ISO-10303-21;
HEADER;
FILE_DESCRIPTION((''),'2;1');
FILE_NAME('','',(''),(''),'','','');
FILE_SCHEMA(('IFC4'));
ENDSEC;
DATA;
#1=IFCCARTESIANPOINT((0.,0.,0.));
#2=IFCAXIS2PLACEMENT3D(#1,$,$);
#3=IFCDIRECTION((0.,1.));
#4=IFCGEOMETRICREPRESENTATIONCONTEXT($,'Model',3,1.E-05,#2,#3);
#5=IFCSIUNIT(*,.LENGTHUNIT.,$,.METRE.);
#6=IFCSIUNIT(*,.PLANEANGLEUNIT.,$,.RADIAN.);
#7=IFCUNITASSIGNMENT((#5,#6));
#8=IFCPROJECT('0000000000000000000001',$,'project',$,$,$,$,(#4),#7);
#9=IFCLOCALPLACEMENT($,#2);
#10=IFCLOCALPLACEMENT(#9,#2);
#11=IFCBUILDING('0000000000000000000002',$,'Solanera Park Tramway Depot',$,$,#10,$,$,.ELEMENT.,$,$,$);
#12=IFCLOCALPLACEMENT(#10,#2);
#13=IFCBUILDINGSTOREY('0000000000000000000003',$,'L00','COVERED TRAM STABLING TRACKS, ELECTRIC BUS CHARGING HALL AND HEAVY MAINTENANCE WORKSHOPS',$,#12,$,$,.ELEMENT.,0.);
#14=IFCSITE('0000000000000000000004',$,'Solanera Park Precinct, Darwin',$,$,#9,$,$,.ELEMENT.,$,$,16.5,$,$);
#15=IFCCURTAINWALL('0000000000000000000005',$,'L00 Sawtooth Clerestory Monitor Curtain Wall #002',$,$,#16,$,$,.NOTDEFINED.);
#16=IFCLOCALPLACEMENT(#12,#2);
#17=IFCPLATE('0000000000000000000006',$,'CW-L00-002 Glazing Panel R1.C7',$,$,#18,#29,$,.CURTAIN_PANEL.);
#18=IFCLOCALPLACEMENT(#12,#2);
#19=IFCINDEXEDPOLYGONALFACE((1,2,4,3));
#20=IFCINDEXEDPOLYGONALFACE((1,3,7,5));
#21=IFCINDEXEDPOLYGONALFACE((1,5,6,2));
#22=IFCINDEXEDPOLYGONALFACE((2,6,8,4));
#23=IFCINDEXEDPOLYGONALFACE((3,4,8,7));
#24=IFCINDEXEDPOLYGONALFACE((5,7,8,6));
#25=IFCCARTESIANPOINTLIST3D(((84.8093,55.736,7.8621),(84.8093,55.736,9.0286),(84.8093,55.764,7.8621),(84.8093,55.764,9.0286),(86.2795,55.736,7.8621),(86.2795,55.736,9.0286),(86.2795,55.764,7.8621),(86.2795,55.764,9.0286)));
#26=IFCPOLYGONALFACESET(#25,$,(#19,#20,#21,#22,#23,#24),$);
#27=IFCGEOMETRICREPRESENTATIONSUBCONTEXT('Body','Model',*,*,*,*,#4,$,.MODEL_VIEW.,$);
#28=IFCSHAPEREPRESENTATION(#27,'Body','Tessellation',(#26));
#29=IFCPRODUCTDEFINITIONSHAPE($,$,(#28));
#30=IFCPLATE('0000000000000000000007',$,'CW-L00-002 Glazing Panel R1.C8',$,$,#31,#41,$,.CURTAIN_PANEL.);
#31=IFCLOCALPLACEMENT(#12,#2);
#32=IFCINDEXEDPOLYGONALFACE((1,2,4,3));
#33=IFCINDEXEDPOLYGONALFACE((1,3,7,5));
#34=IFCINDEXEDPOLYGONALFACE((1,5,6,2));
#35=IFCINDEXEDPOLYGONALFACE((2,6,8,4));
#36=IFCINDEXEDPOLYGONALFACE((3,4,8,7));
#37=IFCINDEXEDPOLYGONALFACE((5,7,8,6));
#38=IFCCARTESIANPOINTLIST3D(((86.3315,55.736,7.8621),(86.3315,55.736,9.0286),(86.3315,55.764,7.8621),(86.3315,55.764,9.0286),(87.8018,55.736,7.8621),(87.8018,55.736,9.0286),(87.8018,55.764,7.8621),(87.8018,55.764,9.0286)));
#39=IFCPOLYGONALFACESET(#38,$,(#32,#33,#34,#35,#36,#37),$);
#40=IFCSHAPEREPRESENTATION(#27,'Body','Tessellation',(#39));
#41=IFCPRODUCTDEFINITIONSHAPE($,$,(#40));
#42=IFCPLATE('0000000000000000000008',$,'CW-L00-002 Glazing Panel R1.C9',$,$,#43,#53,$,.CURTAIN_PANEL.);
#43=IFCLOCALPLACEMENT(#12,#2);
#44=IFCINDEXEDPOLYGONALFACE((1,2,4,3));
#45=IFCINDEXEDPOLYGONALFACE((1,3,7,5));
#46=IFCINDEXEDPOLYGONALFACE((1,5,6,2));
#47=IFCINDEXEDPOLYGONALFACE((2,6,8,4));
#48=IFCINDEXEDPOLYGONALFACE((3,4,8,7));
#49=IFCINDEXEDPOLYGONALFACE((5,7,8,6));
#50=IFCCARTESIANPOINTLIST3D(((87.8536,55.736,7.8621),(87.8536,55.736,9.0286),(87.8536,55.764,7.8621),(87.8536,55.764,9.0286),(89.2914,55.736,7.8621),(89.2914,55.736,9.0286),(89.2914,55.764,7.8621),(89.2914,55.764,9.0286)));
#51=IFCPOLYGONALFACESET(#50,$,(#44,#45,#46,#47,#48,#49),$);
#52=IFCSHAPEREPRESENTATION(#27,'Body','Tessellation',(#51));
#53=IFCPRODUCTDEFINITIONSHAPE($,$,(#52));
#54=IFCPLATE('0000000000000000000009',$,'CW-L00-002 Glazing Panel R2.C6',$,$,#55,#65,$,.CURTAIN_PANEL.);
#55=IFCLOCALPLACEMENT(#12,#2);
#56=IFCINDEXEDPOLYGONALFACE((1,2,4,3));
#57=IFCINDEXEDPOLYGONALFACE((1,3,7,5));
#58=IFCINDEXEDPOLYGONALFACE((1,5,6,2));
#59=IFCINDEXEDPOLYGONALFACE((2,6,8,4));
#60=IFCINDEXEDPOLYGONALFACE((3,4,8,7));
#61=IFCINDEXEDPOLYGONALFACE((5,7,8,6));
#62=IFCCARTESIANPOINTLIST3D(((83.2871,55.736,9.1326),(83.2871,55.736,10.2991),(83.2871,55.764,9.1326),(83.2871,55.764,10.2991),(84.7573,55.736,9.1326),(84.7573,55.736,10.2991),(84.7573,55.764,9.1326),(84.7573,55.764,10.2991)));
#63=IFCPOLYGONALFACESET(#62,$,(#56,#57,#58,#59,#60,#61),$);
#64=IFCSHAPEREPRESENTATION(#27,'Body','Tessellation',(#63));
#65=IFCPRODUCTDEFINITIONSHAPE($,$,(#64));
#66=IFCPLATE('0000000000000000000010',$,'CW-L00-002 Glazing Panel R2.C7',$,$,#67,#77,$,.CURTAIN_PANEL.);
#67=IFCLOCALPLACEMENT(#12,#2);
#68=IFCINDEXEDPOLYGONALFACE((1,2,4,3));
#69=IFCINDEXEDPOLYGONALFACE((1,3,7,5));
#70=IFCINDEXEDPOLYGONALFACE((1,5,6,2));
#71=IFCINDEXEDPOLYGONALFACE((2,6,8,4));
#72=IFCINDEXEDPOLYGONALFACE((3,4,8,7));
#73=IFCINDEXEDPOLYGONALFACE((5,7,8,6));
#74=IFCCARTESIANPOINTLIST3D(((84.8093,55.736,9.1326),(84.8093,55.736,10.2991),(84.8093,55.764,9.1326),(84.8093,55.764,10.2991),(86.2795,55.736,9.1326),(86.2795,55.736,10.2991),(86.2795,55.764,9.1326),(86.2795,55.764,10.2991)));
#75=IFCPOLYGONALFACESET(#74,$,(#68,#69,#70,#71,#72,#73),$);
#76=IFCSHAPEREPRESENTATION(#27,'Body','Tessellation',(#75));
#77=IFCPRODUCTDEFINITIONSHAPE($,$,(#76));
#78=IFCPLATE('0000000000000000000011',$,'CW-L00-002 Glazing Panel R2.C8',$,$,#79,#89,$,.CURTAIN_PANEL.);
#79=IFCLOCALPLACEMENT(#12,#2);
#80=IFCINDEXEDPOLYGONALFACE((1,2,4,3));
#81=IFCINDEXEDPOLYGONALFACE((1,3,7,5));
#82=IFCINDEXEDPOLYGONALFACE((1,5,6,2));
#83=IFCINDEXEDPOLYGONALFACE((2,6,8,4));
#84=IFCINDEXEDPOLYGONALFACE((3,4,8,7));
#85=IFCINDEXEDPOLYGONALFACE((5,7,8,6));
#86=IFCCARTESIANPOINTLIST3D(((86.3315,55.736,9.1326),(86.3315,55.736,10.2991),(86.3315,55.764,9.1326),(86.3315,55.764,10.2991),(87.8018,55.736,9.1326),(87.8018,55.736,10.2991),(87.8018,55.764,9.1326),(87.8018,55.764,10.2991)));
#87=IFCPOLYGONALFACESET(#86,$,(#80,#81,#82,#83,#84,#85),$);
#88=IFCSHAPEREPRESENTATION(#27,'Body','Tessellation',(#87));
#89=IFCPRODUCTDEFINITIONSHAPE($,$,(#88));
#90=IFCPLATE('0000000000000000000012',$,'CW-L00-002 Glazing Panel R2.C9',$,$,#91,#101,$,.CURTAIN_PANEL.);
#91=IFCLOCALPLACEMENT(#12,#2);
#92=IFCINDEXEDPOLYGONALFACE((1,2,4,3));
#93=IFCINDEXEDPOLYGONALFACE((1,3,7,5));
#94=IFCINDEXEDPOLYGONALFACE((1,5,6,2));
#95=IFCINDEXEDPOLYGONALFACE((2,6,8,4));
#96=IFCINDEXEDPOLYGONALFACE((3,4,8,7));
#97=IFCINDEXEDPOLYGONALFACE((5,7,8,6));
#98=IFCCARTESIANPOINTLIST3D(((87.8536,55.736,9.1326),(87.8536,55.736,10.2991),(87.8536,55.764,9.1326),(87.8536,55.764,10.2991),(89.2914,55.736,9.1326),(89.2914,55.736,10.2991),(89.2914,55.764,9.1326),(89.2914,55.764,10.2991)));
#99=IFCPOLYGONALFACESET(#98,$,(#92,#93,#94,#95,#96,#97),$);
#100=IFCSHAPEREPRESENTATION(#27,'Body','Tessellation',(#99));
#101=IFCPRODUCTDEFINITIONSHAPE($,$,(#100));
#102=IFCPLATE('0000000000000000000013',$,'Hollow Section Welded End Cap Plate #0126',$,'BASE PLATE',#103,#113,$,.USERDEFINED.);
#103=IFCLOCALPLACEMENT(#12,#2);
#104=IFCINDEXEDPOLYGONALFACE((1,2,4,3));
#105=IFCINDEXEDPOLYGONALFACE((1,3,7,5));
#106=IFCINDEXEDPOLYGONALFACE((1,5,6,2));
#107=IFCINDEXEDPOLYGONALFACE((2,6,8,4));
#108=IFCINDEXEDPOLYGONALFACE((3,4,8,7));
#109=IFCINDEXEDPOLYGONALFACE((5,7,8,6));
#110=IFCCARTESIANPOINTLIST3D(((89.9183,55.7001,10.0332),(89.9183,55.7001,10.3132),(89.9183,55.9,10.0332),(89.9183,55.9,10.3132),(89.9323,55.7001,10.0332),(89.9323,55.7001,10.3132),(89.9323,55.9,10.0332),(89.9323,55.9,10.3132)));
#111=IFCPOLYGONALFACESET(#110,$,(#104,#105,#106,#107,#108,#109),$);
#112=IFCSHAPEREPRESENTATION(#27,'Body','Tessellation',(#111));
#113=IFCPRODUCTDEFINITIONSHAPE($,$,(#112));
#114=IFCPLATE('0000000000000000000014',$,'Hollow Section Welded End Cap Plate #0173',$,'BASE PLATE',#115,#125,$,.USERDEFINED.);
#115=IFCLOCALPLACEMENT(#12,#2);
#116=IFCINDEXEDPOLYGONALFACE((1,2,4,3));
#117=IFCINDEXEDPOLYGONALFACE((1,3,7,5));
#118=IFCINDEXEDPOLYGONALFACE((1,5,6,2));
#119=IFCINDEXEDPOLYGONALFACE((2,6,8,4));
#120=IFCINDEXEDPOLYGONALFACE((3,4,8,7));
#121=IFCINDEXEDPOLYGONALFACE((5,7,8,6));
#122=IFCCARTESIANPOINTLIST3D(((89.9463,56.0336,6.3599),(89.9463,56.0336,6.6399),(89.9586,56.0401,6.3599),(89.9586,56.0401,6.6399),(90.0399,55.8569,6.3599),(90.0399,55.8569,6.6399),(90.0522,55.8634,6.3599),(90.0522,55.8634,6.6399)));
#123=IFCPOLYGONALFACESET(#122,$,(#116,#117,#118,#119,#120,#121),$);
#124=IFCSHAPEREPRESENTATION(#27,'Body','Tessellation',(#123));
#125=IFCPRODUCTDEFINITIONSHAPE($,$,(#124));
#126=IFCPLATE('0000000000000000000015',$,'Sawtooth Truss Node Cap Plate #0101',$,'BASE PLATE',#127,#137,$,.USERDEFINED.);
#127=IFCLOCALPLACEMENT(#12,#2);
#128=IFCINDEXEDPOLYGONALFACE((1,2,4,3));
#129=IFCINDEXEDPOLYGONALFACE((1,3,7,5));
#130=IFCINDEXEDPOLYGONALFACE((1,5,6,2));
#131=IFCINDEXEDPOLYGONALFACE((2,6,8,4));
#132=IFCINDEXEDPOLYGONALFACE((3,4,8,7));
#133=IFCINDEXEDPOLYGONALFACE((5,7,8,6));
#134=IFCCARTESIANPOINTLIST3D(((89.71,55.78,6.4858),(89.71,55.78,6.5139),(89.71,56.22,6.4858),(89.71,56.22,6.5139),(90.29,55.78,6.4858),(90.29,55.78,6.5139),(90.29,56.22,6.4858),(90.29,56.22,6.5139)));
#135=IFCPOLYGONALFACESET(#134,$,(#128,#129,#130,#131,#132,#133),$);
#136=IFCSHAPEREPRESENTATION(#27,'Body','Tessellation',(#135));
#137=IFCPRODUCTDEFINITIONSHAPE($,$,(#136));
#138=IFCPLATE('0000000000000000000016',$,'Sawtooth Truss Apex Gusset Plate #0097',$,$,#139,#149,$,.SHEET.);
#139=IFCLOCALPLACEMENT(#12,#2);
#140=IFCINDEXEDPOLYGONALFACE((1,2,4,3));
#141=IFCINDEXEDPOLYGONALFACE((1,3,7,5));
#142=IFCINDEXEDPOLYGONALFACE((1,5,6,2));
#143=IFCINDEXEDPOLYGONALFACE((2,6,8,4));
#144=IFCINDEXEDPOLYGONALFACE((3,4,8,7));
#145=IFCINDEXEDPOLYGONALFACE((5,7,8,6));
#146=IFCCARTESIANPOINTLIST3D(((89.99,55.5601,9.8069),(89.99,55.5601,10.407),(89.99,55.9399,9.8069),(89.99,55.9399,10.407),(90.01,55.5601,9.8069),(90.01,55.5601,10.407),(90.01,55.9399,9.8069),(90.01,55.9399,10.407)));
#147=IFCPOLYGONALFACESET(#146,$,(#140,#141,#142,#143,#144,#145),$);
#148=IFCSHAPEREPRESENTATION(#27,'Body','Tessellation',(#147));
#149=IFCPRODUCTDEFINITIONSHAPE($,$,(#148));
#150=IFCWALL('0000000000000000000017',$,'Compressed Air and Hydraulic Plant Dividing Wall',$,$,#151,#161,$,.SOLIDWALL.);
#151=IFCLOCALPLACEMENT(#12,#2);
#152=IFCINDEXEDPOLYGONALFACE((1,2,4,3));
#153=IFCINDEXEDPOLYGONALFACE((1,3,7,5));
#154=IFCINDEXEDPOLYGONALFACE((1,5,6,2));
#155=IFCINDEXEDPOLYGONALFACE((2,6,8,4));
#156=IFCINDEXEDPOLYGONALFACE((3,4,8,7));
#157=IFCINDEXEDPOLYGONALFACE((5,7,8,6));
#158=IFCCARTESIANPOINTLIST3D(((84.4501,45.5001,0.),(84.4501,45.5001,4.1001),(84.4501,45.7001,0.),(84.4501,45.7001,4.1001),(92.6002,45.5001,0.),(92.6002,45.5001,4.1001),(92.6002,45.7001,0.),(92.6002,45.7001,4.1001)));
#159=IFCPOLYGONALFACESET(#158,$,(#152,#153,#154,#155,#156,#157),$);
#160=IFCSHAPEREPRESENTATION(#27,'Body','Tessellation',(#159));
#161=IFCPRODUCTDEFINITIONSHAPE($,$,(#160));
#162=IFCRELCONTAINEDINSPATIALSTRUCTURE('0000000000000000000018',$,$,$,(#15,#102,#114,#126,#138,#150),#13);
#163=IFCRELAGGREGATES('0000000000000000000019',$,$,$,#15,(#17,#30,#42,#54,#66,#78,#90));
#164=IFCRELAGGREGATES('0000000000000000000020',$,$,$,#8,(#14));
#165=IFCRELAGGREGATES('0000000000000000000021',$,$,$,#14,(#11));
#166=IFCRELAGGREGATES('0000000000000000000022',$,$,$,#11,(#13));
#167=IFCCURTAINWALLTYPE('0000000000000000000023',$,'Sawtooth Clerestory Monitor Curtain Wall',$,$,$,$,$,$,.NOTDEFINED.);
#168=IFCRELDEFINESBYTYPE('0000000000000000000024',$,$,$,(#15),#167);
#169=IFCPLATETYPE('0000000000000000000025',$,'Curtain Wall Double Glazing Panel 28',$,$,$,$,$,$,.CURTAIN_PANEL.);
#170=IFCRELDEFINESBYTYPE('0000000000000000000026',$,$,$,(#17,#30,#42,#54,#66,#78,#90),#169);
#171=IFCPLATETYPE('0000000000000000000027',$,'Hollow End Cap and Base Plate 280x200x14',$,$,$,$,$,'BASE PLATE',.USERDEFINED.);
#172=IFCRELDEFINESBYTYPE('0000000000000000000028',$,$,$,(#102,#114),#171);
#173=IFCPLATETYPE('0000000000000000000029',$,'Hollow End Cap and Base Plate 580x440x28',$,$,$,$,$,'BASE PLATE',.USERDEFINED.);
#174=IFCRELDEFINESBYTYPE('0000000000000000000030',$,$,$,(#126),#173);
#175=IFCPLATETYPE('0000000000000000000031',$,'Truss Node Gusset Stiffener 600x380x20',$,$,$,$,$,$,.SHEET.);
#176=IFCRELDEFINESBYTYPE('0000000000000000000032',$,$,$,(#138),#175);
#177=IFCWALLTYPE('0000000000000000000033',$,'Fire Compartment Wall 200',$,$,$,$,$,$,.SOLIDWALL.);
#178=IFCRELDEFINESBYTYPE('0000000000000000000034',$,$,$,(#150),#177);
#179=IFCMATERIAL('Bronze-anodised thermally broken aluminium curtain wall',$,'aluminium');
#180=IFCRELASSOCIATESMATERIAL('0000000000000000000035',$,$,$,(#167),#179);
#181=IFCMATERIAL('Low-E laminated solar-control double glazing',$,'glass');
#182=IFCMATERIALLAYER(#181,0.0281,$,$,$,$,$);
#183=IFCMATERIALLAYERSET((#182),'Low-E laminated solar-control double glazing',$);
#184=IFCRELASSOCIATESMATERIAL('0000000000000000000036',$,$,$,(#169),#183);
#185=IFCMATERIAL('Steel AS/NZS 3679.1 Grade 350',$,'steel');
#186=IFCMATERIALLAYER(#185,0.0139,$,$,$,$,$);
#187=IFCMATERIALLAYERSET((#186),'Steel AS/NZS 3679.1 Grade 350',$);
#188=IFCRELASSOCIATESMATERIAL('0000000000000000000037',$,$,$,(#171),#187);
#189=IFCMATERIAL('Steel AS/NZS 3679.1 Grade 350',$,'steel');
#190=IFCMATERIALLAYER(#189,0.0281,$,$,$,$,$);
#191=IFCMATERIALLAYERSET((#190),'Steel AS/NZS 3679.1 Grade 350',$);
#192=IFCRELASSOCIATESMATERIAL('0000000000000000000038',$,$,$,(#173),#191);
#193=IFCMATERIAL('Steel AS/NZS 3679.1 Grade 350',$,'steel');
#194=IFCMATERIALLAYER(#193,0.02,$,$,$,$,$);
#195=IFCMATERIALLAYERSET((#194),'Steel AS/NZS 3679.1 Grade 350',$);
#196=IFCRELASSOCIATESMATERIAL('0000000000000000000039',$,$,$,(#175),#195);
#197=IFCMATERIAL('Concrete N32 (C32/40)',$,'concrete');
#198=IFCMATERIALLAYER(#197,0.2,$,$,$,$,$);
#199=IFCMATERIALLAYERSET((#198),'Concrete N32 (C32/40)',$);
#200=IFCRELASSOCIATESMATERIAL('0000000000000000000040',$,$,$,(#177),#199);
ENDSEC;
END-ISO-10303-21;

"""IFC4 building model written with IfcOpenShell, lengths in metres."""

from ifc_helpers import new_model, si_unit, direction, frame, frame_2d, origin, origin_2d, place, context, subcontext, project, spatial, rectangle, extrude, material, layer, layer_set, type_object, element, aggregate, save


model = new_model("IFC4")

# Units and contexts
model_context = context("Model", 3, precision=1e-05, world=origin(), true_north=direction((0.0, 1.0)))
body_context = subcontext(model_context, "Body", "Model", "MODEL_VIEW")
ifc_project = project(units=[si_unit("LENGTHUNIT", "METRE"), si_unit("PLANEANGLEUNIT", "RADIAN")], contexts=[model_context])

# Site, building, storey
site_placement = place(None, origin())
site = spatial("IfcSite", under=ifc_project, at=site_placement, Name="Solanera Park Precinct, Darwin", CompositionType="ELEMENT", RefElevation=16.5)
building_placement = place(site_placement, origin())
building = spatial("IfcBuilding", under=site, at=building_placement, Name="Solanera Park Tramway Depot", CompositionType="ELEMENT")
storey_placement = place(building_placement, origin())
storey = spatial("IfcBuildingStorey", under=building, at=storey_placement, Name="L00", Description="COVERED TRAM STABLING TRACKS, ELECTRIC BUS CHARGING HALL AND HEAVY MAINTENANCE WORKSHOPS", CompositionType="ELEMENT", Elevation=0.0)

# Curtain wall
ifc_material_1 = material(Name="Bronze-anodised thermally broken aluminium curtain wall", Category="aluminium")
curtain_wall_type = type_object("IfcCurtainWallType", Name="Sawtooth Clerestory Monitor Curtain Wall", PredefinedType="NOTDEFINED", material=ifc_material_1)
curtain_wall_placement = place(storey_placement, origin())
curtain_wall = element("IfcCurtainWall", 1, at=curtain_wall_placement, inside=storey, type_object=curtain_wall_type, Name="L00 Sawtooth Clerestory Monitor Curtain Wall #002", PredefinedType="NOTDEFINED")

# Plates
ifc_material_2 = material(Name="Low-E laminated solar-control double glazing", Category="glass")
ifc_layer_1 = layer(ifc_material_2, 0.0281)
ifc_layer_set_1 = layer_set([ifc_layer_1], Name="Low-E laminated solar-control double glazing")
plate_type_1 = type_object("IfcPlateType", Name="Curtain Wall Double Glazing Panel 28", PredefinedType="CURTAIN_PANEL", material=ifc_layer_set_1)
plate_1_placement = place(storey_placement, frame((85.5444, 55.75, 7.8621), z_axis=(0.0, 0.0, 1.0), x_axis=(1.0, 0.0, 0.0)))
plate_1 = element("IfcPlate", 2, at=plate_1_placement, type_object=plate_type_1, Name="CW-L00-002 Glazing Panel R1.C7", PredefinedType="CURTAIN_PANEL", context=body_context, shape_type="SweptSolid", body=[
    extrude(rectangle(XDim=1.4702, YDim=0.0281, at=origin_2d()), origin(), (0.0, 0.0, 1.0), 1.1665),
])
plate_2_placement = place(storey_placement, frame((87.0667, 55.75, 7.8621), z_axis=(0.0, 0.0, 1.0), x_axis=(1.0, 0.0, 0.0)))
plate_2 = element("IfcPlate", 3, at=plate_2_placement, type_object=plate_type_1, Name="CW-L00-002 Glazing Panel R1.C8", PredefinedType="CURTAIN_PANEL", context=body_context, shape_type="SweptSolid", body=[
    extrude(rectangle(XDim=1.4702, YDim=0.0281, at=origin_2d()), origin(), (0.0, 0.0, 1.0), 1.1665),
])
plate_3_placement = place(storey_placement, frame((88.5725, 55.75, 7.8621), z_axis=(0.0, 0.0, 1.0), x_axis=(1.0, 0.0, 0.0)))
plate_3 = element("IfcPlate", 4, at=plate_3_placement, type_object=plate_type_1, Name="CW-L00-002 Glazing Panel R1.C9", PredefinedType="CURTAIN_PANEL", context=body_context, shape_type="SweptSolid", body=[
    extrude(rectangle(XDim=1.4377, YDim=0.0281, at=origin_2d()), origin(), (0.0, 0.0, 1.0), 1.1665),
])
plate_4_placement = place(storey_placement, frame((84.0222, 55.75, 9.1326), z_axis=(0.0, 0.0, 1.0), x_axis=(1.0, 0.0, 0.0)))
plate_4 = element("IfcPlate", 5, at=plate_4_placement, type_object=plate_type_1, Name="CW-L00-002 Glazing Panel R2.C6", PredefinedType="CURTAIN_PANEL", context=body_context, shape_type="SweptSolid", body=[
    extrude(rectangle(XDim=1.4702, YDim=0.0281, at=origin_2d()), origin(), (0.0, 0.0, 1.0), 1.1665),
])
plate_5_placement = place(storey_placement, frame((85.5444, 55.75, 9.1326), z_axis=(0.0, 0.0, 1.0), x_axis=(1.0, 0.0, 0.0)))
plate_5 = element("IfcPlate", 6, at=plate_5_placement, type_object=plate_type_1, Name="CW-L00-002 Glazing Panel R2.C7", PredefinedType="CURTAIN_PANEL", context=body_context, shape_type="SweptSolid", body=[
    extrude(rectangle(XDim=1.4702, YDim=0.0281, at=origin_2d()), origin(), (0.0, 0.0, 1.0), 1.1665),
])
plate_6_placement = place(storey_placement, frame((87.0667, 55.75, 9.1326), z_axis=(0.0, 0.0, 1.0), x_axis=(1.0, 0.0, 0.0)))
plate_6 = element("IfcPlate", 7, at=plate_6_placement, type_object=plate_type_1, Name="CW-L00-002 Glazing Panel R2.C8", PredefinedType="CURTAIN_PANEL", context=body_context, shape_type="SweptSolid", body=[
    extrude(rectangle(XDim=1.4702, YDim=0.0281, at=origin_2d()), origin(), (0.0, 0.0, 1.0), 1.1665),
])
plate_7_placement = place(storey_placement, frame((88.5725, 55.75, 9.1326), z_axis=(0.0, 0.0, 1.0), x_axis=(1.0, 0.0, 0.0)))
plate_7 = element("IfcPlate", 8, at=plate_7_placement, type_object=plate_type_1, Name="CW-L00-002 Glazing Panel R2.C9", PredefinedType="CURTAIN_PANEL", context=body_context, shape_type="SweptSolid", body=[
    extrude(rectangle(XDim=1.4377, YDim=0.0281, at=origin_2d()), origin(), (0.0, 0.0, 1.0), 1.1665),
])
aggregate(curtain_wall, [plate_1, plate_2, plate_3, plate_4, plate_5, plate_6, plate_7])

# Plates
ifc_material_3 = material(Name="Steel AS/NZS 3679.1 Grade 350", Category="steel")
ifc_layer_2 = layer(ifc_material_3, 0.0139)
ifc_layer_set_2 = layer_set([ifc_layer_2], Name="Steel AS/NZS 3679.1 Grade 350")
plate_type_2 = type_object("IfcPlateType", Name="Hollow End Cap and Base Plate 280x200x14", ElementType="BASE PLATE", PredefinedType="USERDEFINED", material=ifc_layer_set_2)
for number, where, z_axis, x_axis, name in (
    (9, (89.9253, 55.8, 10.0332), (0.0, 0.0, 1.0), (1.0, 0.0, 0.0), "Hollow Section Welded End Cap Plate #0126"),
    (10, (89.9993, 55.9485, 6.3599), (0.0, 0.0, 1.0), (0.883521, 0.468392, 0.0), "Hollow Section Welded End Cap Plate #0173"),
):
    element("IfcPlate", number, at=place(storey_placement, frame(where, z_axis=z_axis, x_axis=x_axis)), inside=storey, type_object=plate_type_2, Name=name, ObjectType="BASE PLATE", PredefinedType="USERDEFINED", context=body_context, shape_type="SweptSolid", body=[
        extrude(rectangle(XDim=0.0139, YDim=0.2, at=origin_2d()), origin(), (0.0, 0.0, 1.0), 0.28),
    ])
ifc_material_4 = material(Name="Steel AS/NZS 3679.1 Grade 350", Category="steel")
ifc_layer_3 = layer(ifc_material_4, 0.0281)
ifc_layer_set_3 = layer_set([ifc_layer_3], Name="Steel AS/NZS 3679.1 Grade 350")
plate_type_3 = type_object("IfcPlateType", Name="Hollow End Cap and Base Plate 580x440x28", ElementType="BASE PLATE", PredefinedType="USERDEFINED", material=ifc_layer_set_3)
plate_8_placement = place(storey_placement, frame((90.0, 56.0, 6.4858), z_axis=(0.0, 0.0, 1.0), x_axis=(1.0, 0.0, 0.0)))
element("IfcPlate", 11, at=plate_8_placement, inside=storey, type_object=plate_type_3, Name="Sawtooth Truss Node Cap Plate #0101", ObjectType="BASE PLATE", PredefinedType="USERDEFINED", context=body_context, shape_type="SweptSolid", body=[
    extrude(rectangle(XDim=0.5801, YDim=0.4399, at=origin_2d()), origin(), (0.0, 0.0, 1.0), 0.0281),
])
ifc_material_5 = material(Name="Steel AS/NZS 3679.1 Grade 350", Category="steel")
ifc_layer_4 = layer(ifc_material_5, 0.02)
ifc_layer_set_4 = layer_set([ifc_layer_4], Name="Steel AS/NZS 3679.1 Grade 350")
plate_type_4 = type_object("IfcPlateType", Name="Truss Node Gusset Stiffener 600x380x20", PredefinedType="SHEET", material=ifc_layer_set_4)
plate_9_placement = place(storey_placement, frame((90.0, 55.75, 9.8069), z_axis=(0.0, 0.0, 1.0), x_axis=(1.0, 0.0, 0.0)))
element("IfcPlate", 12, at=plate_9_placement, inside=storey, type_object=plate_type_4, Name="Sawtooth Truss Apex Gusset Plate #0097", PredefinedType="SHEET", context=body_context, shape_type="SweptSolid", body=[
    extrude(rectangle(XDim=0.02, YDim=0.3799, at=origin_2d()), origin(), (0.0, 0.0, 1.0), 0.6001),
])

# Wall
ifc_material_6 = material(Name="Concrete N32 (C32/40)", Category="concrete")
ifc_layer_5 = layer(ifc_material_6, 0.2)
ifc_layer_set_5 = layer_set([ifc_layer_5], Name="Concrete N32 (C32/40)")
wall_type = type_object("IfcWallType", Name="Fire Compartment Wall 200", PredefinedType="SOLIDWALL", material=ifc_layer_set_5)
wall_placement = place(storey_placement, frame((84.45, 45.6001, 0.0), z_axis=(0.0, 0.0, 1.0), x_axis=(1.0, 0.0, 0.0)))
element("IfcWall", 13, at=wall_placement, inside=storey, type_object=wall_type, Name="Compressed Air and Hydraulic Plant Dividing Wall", PredefinedType="SOLIDWALL", context=body_context, shape_type="SweptSolid", body=[
    extrude(rectangle(XDim=8.1501, YDim=0.2, at=frame_2d((4.0752, 0.0))), origin(), (0.0, 0.0, 1.0), 4.1001),
])

save(model, "model.ifc")
